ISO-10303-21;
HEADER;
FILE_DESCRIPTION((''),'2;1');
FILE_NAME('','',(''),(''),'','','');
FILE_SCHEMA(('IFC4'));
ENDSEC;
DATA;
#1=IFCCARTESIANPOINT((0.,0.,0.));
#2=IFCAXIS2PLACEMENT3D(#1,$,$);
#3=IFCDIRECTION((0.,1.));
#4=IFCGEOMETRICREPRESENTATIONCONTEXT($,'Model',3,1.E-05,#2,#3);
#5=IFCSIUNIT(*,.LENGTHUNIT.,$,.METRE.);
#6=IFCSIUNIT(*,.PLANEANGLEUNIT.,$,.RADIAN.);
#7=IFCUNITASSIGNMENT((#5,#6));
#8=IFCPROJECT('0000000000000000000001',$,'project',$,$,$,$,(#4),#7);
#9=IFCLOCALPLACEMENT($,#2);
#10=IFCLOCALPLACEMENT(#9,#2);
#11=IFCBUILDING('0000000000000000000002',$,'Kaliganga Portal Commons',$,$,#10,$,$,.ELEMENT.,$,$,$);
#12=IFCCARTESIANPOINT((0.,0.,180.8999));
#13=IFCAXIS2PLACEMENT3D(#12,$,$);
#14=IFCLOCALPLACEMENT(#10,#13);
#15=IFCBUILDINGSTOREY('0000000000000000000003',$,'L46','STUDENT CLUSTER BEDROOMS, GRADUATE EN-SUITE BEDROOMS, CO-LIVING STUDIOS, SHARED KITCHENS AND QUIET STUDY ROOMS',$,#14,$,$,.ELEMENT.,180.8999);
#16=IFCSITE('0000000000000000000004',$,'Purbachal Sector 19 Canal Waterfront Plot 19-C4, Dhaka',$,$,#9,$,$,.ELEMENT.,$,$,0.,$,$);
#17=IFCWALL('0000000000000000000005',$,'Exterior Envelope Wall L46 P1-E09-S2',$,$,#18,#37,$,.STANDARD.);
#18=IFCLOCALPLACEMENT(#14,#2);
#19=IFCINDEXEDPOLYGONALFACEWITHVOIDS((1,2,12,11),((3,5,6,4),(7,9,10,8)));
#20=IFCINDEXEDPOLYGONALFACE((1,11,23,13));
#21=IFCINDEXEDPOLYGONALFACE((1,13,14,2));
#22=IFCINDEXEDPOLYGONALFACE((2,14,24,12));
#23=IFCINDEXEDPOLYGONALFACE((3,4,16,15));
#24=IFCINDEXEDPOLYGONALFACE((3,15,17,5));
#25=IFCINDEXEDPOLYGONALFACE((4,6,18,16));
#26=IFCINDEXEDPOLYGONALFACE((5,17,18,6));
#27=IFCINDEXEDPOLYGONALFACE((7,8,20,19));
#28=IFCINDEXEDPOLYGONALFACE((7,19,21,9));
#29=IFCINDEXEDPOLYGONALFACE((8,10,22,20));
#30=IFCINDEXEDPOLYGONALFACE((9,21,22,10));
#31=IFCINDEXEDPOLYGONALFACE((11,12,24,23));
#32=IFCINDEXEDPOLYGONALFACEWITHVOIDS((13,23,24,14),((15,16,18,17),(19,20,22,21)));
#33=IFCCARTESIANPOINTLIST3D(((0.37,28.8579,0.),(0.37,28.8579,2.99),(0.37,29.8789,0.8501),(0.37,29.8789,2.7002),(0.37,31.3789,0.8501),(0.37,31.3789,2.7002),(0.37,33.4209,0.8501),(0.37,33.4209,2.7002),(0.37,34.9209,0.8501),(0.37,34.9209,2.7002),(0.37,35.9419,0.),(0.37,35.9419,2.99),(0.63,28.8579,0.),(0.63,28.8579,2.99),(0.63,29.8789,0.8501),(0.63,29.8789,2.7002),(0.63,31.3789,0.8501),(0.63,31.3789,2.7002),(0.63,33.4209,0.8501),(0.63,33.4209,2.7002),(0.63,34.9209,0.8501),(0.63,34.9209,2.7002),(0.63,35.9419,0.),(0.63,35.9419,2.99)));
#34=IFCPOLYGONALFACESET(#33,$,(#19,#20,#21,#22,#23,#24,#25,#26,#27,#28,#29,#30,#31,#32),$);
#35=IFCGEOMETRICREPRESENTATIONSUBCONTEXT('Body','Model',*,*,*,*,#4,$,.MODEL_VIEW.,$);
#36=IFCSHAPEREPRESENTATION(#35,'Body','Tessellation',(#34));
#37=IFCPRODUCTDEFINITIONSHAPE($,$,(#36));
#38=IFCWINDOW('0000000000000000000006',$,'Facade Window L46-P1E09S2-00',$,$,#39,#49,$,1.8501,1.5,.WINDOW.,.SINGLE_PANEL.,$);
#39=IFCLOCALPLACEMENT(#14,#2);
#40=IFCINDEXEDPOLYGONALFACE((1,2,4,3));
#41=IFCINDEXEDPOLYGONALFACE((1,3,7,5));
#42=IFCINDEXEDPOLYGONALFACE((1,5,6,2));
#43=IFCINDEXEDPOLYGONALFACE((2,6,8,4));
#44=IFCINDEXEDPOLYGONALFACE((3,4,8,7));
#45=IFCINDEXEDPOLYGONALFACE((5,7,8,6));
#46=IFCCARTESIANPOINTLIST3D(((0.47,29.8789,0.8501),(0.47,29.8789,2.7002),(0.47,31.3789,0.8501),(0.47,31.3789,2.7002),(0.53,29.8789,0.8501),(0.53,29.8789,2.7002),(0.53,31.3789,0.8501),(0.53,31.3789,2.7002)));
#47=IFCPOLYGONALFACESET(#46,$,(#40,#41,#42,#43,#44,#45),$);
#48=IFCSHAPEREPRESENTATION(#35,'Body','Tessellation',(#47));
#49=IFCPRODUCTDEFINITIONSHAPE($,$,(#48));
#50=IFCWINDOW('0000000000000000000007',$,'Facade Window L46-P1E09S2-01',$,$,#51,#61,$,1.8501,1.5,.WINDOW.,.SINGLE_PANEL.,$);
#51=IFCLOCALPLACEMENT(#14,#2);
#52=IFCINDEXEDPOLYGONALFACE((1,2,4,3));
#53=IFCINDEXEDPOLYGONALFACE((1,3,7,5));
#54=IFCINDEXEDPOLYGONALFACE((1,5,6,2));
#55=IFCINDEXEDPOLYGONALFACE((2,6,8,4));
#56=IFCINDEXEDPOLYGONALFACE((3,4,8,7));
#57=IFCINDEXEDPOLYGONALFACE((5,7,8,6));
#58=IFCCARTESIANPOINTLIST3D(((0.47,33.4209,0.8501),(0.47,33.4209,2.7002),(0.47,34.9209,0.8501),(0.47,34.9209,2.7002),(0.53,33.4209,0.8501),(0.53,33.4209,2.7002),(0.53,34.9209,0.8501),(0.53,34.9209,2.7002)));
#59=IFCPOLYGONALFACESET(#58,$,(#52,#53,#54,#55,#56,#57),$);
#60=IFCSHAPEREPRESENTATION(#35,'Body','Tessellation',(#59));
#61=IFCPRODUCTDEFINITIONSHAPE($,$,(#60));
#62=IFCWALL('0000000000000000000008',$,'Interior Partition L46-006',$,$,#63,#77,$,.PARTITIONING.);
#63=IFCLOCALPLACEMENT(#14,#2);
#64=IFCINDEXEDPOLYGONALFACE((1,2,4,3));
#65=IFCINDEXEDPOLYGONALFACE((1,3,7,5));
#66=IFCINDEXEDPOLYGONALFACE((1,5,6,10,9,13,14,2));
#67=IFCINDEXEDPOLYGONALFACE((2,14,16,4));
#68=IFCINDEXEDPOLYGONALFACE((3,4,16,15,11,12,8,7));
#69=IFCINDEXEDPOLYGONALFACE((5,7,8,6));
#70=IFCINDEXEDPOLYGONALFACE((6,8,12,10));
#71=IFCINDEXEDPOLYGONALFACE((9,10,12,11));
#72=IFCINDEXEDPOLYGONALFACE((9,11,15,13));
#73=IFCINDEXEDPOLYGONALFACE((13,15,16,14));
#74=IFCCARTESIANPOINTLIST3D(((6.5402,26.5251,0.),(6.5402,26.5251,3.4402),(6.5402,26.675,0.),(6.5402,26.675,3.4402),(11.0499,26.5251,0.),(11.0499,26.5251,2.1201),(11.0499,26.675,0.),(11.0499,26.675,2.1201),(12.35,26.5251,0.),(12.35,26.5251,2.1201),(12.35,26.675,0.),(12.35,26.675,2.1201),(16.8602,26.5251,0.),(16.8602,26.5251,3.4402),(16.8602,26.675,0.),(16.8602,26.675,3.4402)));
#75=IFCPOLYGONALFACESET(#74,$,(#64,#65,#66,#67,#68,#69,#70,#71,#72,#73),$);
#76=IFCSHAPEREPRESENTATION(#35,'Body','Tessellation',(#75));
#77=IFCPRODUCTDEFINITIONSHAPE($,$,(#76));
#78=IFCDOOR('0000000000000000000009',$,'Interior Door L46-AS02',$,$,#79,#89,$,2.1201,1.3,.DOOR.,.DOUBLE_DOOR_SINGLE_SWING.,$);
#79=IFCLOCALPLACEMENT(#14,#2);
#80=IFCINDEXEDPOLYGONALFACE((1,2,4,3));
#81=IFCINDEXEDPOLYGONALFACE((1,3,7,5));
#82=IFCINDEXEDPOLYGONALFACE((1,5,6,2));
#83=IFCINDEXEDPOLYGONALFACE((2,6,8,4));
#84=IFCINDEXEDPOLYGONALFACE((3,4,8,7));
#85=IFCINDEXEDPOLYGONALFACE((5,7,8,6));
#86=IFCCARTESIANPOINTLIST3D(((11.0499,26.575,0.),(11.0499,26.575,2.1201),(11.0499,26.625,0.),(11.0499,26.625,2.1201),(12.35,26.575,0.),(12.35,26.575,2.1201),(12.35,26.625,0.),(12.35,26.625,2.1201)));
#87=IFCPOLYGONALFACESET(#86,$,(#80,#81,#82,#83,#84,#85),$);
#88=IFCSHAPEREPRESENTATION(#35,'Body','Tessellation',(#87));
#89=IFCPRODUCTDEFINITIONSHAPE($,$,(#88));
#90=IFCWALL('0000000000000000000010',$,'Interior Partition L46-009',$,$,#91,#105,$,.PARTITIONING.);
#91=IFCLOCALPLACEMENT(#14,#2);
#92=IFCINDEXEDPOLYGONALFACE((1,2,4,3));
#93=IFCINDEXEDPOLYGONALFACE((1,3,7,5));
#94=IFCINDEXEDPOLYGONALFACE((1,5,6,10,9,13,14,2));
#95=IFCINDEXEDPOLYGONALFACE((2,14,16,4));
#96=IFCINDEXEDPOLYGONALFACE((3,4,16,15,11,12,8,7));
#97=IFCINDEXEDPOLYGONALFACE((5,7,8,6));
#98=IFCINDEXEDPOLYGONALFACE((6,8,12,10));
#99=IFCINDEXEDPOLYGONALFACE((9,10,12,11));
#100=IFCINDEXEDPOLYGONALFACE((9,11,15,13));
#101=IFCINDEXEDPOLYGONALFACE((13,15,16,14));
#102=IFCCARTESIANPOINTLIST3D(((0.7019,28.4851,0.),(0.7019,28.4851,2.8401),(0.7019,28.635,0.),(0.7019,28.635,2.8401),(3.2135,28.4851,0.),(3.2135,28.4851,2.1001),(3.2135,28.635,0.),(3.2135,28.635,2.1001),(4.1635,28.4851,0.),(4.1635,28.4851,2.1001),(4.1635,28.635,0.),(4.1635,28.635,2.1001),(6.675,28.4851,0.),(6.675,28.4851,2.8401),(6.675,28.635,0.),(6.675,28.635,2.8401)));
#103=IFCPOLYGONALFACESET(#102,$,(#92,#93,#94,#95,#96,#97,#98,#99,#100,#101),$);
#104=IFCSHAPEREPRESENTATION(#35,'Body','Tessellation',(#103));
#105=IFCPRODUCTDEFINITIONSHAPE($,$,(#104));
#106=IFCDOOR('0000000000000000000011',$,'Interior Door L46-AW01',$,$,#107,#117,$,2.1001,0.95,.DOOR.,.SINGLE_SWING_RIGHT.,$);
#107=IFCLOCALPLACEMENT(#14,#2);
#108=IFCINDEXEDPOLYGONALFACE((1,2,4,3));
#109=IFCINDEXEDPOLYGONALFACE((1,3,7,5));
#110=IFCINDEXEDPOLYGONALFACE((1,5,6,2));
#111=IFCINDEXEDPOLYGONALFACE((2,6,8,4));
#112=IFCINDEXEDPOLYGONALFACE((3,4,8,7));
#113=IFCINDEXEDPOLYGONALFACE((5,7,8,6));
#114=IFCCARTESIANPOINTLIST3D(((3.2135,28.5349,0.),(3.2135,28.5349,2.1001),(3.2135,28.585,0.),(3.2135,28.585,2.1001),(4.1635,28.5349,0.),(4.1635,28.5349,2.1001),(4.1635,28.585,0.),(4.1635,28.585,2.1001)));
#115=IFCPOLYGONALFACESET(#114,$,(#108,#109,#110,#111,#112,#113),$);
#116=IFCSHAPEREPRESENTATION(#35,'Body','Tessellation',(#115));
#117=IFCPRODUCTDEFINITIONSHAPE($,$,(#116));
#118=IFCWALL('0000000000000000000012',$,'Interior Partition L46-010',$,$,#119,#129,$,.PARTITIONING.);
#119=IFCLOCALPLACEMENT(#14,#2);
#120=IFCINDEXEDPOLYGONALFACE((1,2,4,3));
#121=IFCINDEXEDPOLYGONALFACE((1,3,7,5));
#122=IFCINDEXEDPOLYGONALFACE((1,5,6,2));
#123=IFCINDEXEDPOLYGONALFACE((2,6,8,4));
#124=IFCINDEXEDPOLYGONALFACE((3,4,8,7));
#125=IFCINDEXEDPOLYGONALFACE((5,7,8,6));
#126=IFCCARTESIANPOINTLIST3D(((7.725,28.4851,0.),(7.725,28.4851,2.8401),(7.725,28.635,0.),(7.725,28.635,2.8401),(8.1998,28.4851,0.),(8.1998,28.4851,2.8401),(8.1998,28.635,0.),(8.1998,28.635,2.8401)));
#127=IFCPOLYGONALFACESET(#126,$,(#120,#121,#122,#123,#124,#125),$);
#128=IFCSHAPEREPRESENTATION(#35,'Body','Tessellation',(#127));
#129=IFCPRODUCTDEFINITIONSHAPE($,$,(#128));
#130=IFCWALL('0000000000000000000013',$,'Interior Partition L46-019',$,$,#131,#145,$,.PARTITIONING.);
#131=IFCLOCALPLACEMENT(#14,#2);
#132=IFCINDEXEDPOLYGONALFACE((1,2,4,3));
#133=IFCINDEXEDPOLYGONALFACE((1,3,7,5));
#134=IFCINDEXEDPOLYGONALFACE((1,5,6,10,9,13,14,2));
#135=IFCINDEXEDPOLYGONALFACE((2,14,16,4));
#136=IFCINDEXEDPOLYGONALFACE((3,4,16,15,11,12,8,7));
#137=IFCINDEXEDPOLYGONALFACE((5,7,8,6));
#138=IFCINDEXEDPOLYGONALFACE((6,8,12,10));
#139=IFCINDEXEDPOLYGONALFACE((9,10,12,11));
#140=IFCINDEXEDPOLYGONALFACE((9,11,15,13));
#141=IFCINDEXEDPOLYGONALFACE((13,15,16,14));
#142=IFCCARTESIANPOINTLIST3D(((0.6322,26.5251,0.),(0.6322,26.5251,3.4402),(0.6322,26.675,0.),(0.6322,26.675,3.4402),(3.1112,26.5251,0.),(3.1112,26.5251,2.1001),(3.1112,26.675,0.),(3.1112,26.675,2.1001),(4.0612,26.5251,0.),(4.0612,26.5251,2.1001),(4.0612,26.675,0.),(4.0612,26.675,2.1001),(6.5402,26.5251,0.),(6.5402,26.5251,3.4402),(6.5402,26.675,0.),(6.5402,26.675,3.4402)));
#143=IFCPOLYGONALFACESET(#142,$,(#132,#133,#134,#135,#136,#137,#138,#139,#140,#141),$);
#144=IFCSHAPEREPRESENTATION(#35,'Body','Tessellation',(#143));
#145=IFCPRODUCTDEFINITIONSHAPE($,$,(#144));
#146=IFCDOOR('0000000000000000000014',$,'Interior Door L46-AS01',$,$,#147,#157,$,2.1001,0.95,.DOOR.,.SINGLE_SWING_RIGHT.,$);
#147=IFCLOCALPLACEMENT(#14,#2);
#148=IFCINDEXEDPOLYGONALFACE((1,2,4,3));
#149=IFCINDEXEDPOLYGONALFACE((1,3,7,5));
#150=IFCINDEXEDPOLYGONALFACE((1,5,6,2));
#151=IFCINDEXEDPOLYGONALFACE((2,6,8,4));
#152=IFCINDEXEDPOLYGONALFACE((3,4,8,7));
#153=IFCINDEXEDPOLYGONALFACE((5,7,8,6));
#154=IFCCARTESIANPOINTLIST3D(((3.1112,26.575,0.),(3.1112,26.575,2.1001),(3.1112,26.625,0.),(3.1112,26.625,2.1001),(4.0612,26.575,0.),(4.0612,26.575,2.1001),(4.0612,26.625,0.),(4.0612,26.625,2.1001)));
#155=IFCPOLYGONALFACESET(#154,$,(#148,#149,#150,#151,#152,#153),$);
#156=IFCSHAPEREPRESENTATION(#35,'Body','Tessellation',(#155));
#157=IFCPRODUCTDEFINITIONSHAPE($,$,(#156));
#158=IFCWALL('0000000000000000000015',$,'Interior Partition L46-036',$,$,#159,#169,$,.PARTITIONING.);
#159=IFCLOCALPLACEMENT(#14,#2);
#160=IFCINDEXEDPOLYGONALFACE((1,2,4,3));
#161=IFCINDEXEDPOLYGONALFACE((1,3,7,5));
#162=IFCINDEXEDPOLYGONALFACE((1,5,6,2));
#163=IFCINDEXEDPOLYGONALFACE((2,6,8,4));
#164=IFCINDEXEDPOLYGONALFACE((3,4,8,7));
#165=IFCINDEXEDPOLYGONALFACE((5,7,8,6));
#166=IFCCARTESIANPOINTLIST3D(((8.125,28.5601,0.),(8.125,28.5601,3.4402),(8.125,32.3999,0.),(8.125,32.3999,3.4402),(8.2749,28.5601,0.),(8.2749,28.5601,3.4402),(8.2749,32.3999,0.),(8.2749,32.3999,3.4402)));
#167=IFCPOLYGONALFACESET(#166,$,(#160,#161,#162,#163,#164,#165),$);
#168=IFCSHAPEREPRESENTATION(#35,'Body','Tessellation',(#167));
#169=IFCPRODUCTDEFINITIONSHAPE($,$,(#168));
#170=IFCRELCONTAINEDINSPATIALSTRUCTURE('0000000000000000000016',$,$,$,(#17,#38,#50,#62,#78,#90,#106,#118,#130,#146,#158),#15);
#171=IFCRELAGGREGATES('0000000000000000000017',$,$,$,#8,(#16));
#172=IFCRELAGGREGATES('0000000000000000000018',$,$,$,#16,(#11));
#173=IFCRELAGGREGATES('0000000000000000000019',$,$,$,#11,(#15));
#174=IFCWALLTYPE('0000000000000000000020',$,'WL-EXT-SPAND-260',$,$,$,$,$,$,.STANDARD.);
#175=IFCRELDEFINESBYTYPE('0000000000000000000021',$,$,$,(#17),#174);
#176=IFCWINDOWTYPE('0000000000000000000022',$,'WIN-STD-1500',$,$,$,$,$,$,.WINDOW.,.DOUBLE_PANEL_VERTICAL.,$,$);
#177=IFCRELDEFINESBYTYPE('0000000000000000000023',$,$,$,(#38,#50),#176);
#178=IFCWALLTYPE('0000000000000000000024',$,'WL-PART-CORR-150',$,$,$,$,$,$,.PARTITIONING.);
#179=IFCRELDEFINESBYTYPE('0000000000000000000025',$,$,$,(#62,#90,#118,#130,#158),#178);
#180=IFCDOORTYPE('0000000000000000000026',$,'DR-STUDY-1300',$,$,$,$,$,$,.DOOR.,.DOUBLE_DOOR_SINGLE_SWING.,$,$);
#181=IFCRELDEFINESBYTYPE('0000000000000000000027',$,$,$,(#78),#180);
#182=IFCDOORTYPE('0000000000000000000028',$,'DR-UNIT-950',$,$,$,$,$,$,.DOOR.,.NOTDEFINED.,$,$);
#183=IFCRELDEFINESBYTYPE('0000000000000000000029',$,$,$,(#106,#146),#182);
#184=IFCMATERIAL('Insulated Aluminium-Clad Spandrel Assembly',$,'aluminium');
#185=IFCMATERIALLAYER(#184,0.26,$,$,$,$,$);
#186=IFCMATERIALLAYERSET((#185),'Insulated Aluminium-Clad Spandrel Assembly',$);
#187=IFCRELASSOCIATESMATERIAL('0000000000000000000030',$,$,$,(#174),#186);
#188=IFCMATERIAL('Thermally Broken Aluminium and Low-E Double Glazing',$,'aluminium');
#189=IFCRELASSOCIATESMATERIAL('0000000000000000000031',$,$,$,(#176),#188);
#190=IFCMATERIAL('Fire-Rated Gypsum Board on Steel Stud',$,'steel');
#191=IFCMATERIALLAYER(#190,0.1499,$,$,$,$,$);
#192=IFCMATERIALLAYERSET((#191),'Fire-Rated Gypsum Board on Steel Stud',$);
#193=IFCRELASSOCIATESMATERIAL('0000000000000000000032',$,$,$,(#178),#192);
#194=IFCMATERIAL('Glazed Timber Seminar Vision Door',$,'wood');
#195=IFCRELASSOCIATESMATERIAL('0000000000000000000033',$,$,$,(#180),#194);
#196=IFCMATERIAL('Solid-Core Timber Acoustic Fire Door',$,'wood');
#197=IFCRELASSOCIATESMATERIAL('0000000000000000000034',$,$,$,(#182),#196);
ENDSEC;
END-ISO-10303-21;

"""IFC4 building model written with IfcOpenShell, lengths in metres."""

from ifc_helpers import new_model, si_unit, direction, frame, frame_2d, origin, place, context, subcontext, project, spatial, rectangle, extrude, material, layer, layer_set, type_object, element, fill, save


model = new_model("IFC4")

# Units and contexts
model_context = context("Model", 3, precision=1e-05, world=origin(), true_north=direction((0.0, 1.0)))
body_context = subcontext(model_context, "Body", "Model", "MODEL_VIEW")
ifc_project = project(units=[si_unit("LENGTHUNIT", "METRE"), si_unit("PLANEANGLEUNIT", "RADIAN")], contexts=[model_context])

# Site, building, storey
site_placement = place(None, origin())
site = spatial("IfcSite", under=ifc_project, at=site_placement, Name="Purbachal Sector 19 Canal Waterfront Plot 19-C4, Dhaka", CompositionType="ELEMENT", RefElevation=0.0)
building_placement = place(site_placement, origin())
building = spatial("IfcBuilding", under=site, at=building_placement, Name="Kaliganga Portal Commons", CompositionType="ELEMENT")
storey_placement = place(building_placement, frame((0.0, 0.0, 180.8999)))
storey = spatial("IfcBuildingStorey", under=building, at=storey_placement, Name="L46", Description="STUDENT CLUSTER BEDROOMS, GRADUATE EN-SUITE BEDROOMS, CO-LIVING STUDIOS, SHARED KITCHENS AND QUIET STUDY ROOMS", CompositionType="ELEMENT", Elevation=180.8999)

# Wall, openings, windows
ifc_material_1 = material(Name="Insulated Aluminium-Clad Spandrel Assembly", Category="aluminium")
ifc_layer_1 = layer(ifc_material_1, 0.26)
ifc_layer_set_1 = layer_set([ifc_layer_1], Name="Insulated Aluminium-Clad Spandrel Assembly")
wall_type_1 = type_object("IfcWallType", Name="WL-EXT-SPAND-260", PredefinedType="STANDARD", material=ifc_layer_set_1)
wall_1_placement = place(storey_placement, frame((0.5, 28.8579, 0.0), z_axis=(0.0, 0.0, 1.0), x_axis=(0.0, 1.0, 0.0)))
wall_1 = element("IfcWall", 1, at=wall_1_placement, inside=storey, type_object=wall_type_1, Name="Exterior Envelope Wall L46 P1-E09-S2", PredefinedType="STANDARD", context=body_context, shape_type="SweptSolid", body=[
    extrude(rectangle(XDim=7.084, YDim=0.26, at=frame_2d((3.542, 0.0))), origin(), (0.0, 0.0, 1.0), 2.99),
])
opening_1_placement = place(wall_1_placement, frame((1.021, 0.0, 0.8501)))
opening_1 = element("IfcOpeningElement", 2, at=opening_1_placement, cuts=wall_1, PredefinedType="OPENING", context=body_context, shape_type="SweptSolid", body=[
    extrude(rectangle(XDim=1.5, YDim=1.8501, at=frame_2d((0.75, 0.925))), frame((0.0, 0.1401, 0.0), z_axis=(0.0, -1.0, 0.0), x_axis=(1.0, 0.0, 0.0)), (0.0, 0.0, 1.0), 0.28),
])
opening_2_placement = place(wall_1_placement, frame((4.563, 0.0, 0.8501)))
opening_2 = element("IfcOpeningElement", 3, at=opening_2_placement, cuts=wall_1, PredefinedType="OPENING", context=body_context, shape_type="SweptSolid", body=[
    extrude(rectangle(XDim=1.5, YDim=1.8501, at=frame_2d((0.75, 0.925))), frame((0.0, 0.1401, 0.0), z_axis=(0.0, -1.0, 0.0), x_axis=(1.0, 0.0, 0.0)), (0.0, 0.0, 1.0), 0.28),
])
ifc_material_2 = material(Name="Thermally Broken Aluminium and Low-E Double Glazing", Category="aluminium")
window_type = type_object("IfcWindowType", Name="WIN-STD-1500", PartitioningType="DOUBLE_PANEL_VERTICAL", PredefinedType="WINDOW", material=ifc_material_2)
window_1_placement = place(opening_1_placement, origin())
window_1 = element("IfcWindow", 4, at=window_1_placement, inside=storey, type_object=window_type, Name="Facade Window L46-P1E09S2-00", OverallHeight=1.8501, OverallWidth=1.5, PartitioningType="SINGLE_PANEL", PredefinedType="WINDOW", context=body_context, shape_type="SweptSolid", body=[
    extrude(rectangle(XDim=1.5, YDim=1.8501, at=frame_2d((0.75, 0.925))), frame((0.0, 0.03, 0.0), z_axis=(0.0, -1.0, 0.0), x_axis=(1.0, 0.0, 0.0)), (0.0, 0.0, 1.0), 0.0601),
])
fill(opening_1, window_1)
window_2_placement = place(opening_2_placement, origin())
window_2 = element("IfcWindow", 5, at=window_2_placement, inside=storey, type_object=window_type, Name="Facade Window L46-P1E09S2-01", OverallHeight=1.8501, OverallWidth=1.5, PartitioningType="SINGLE_PANEL", PredefinedType="WINDOW", context=body_context, shape_type="SweptSolid", body=[
    extrude(rectangle(XDim=1.5, YDim=1.8501, at=frame_2d((0.75, 0.925))), frame((0.0, 0.03, 0.0), z_axis=(0.0, -1.0, 0.0), x_axis=(1.0, 0.0, 0.0)), (0.0, 0.0, 1.0), 0.0601),
])
fill(opening_2, window_2)

# Walls, openings, doors
ifc_material_3 = material(Name="Fire-Rated Gypsum Board on Steel Stud", Category="steel")
ifc_layer_2 = layer(ifc_material_3, 0.1499)
ifc_layer_set_2 = layer_set([ifc_layer_2], Name="Fire-Rated Gypsum Board on Steel Stud")
wall_type_2 = type_object("IfcWallType", Name="WL-PART-CORR-150", PredefinedType="PARTITIONING", material=ifc_layer_set_2)
wall_2_placement = place(storey_placement, frame((6.54, 26.6001, 0.0), z_axis=(0.0, 0.0, 1.0), x_axis=(1.0, 0.0, 0.0)))
wall_2 = element("IfcWall", 6, at=wall_2_placement, inside=storey, type_object=wall_type_2, Name="Interior Partition L46-006", PredefinedType="PARTITIONING", context=body_context, shape_type="SweptSolid", body=[
    extrude(rectangle(XDim=10.3201, YDim=0.1499, at=frame_2d((5.1602, 0.0))), origin(), (0.0, 0.0, 1.0), 3.4402),
])
opening_3_placement = place(wall_2_placement, frame((4.51, 0.0, 0.0)))
opening_3 = element("IfcOpeningElement", 7, at=opening_3_placement, cuts=wall_2, PredefinedType="OPENING", context=body_context, shape_type="SweptSolid", body=[
    extrude(rectangle(XDim=1.3, YDim=2.1201, at=frame_2d((0.6499, 1.0601))), frame((0.0, 0.085, 0.0), z_axis=(0.0, -1.0, 0.0), x_axis=(1.0, 0.0, 0.0)), (0.0, 0.0, 1.0), 0.1699),
])
ifc_material_4 = material(Name="Glazed Timber Seminar Vision Door", Category="wood")
door_type_1 = type_object("IfcDoorType", Name="DR-STUDY-1300", OperationType="DOUBLE_DOOR_SINGLE_SWING", PredefinedType="DOOR", material=ifc_material_4)
door_1_placement = place(opening_3_placement, origin())
door_1 = element("IfcDoor", 8, at=door_1_placement, inside=storey, type_object=door_type_1, Name="Interior Door L46-AS02", OperationType="DOUBLE_DOOR_SINGLE_SWING", OverallHeight=2.1201, OverallWidth=1.3, PredefinedType="DOOR", context=body_context, shape_type="SweptSolid", body=[
    extrude(rectangle(XDim=1.3, YDim=2.1201, at=frame_2d((0.6499, 1.0601))), frame((0.0, 0.0249, 0.0), z_axis=(0.0, -1.0, 0.0), x_axis=(1.0, 0.0, 0.0)), (0.0, 0.0, 1.0), 0.05),
])
fill(opening_3, door_1)
wall_3_placement = place(storey_placement, frame((0.7019, 28.5601, 0.0), z_axis=(0.0, 0.0, 1.0), x_axis=(1.0, 0.0, 0.0)))
wall_3 = element("IfcWall", 9, at=wall_3_placement, inside=storey, type_object=wall_type_2, Name="Interior Partition L46-009", PredefinedType="PARTITIONING", context=body_context, shape_type="SweptSolid", body=[
    extrude(rectangle(XDim=5.9731, YDim=0.1499, at=frame_2d((2.9866, 0.0))), origin(), (0.0, 0.0, 1.0), 2.8401),
])
opening_4_placement = place(wall_3_placement, frame((2.5115, 0.0, 0.0)))
opening_4 = element("IfcOpeningElement", 10, at=opening_4_placement, cuts=wall_3, PredefinedType="OPENING", context=body_context, shape_type="SweptSolid", body=[
    extrude(rectangle(XDim=0.95, YDim=2.1001, at=frame_2d((0.4751, 1.05))), frame((0.0, 0.085, 0.0), z_axis=(0.0, -1.0, 0.0), x_axis=(1.0, 0.0, 0.0)), (0.0, 0.0, 1.0), 0.1699),
])
ifc_material_5 = material(Name="Solid-Core Timber Acoustic Fire Door", Category="wood")
door_type_2 = type_object("IfcDoorType", Name="DR-UNIT-950", OperationType="NOTDEFINED", PredefinedType="DOOR", material=ifc_material_5)
door_2_placement = place(opening_4_placement, origin())
door_2 = element("IfcDoor", 11, at=door_2_placement, inside=storey, type_object=door_type_2, Name="Interior Door L46-AW01", OperationType="SINGLE_SWING_RIGHT", OverallHeight=2.1001, OverallWidth=0.95, PredefinedType="DOOR", context=body_context, shape_type="SweptSolid", body=[
    extrude(rectangle(XDim=0.95, YDim=2.1001, at=frame_2d((0.4751, 1.05))), frame((0.0, 0.0249, 0.0), z_axis=(0.0, -1.0, 0.0), x_axis=(1.0, 0.0, 0.0)), (0.0, 0.0, 1.0), 0.05),
])
fill(opening_4, door_2)

# Wall
wall_4_placement = place(storey_placement, frame((7.7251, 28.5601, 0.0), z_axis=(0.0, 0.0, 1.0), x_axis=(1.0, 0.0, 0.0)))
element("IfcWall", 12, at=wall_4_placement, inside=storey, type_object=wall_type_2, Name="Interior Partition L46-010", PredefinedType="PARTITIONING", context=body_context, shape_type="SweptSolid", body=[
    extrude(rectangle(XDim=0.4749, YDim=0.1499, at=frame_2d((0.2373, 0.0))), origin(), (0.0, 0.0, 1.0), 2.8401),
])

# Wall, opening, door
wall_5_placement = place(storey_placement, frame((0.6321, 26.6001, 0.0), z_axis=(0.0, 0.0, 1.0), x_axis=(1.0, 0.0, 0.0)))
wall_5 = element("IfcWall", 13, at=wall_5_placement, inside=storey, type_object=wall_type_2, Name="Interior Partition L46-019", PredefinedType="PARTITIONING", context=body_context, shape_type="SweptSolid", body=[
    extrude(rectangle(XDim=5.908, YDim=0.1499, at=frame_2d((2.9541, 0.0))), origin(), (0.0, 0.0, 1.0), 3.4402),
])
opening_5_placement = place(wall_5_placement, frame((2.479, 0.0, 0.0)))
opening_5 = element("IfcOpeningElement", 14, at=opening_5_placement, cuts=wall_5, PredefinedType="OPENING", context=body_context, shape_type="SweptSolid", body=[
    extrude(rectangle(XDim=0.95, YDim=2.1001, at=frame_2d((0.4751, 1.05))), frame((0.0, 0.085, 0.0), z_axis=(0.0, -1.0, 0.0), x_axis=(1.0, 0.0, 0.0)), (0.0, 0.0, 1.0), 0.1699),
])
door_3_placement = place(opening_5_placement, origin())
door_3 = element("IfcDoor", 15, at=door_3_placement, inside=storey, type_object=door_type_2, Name="Interior Door L46-AS01", OperationType="SINGLE_SWING_RIGHT", OverallHeight=2.1001, OverallWidth=0.95, PredefinedType="DOOR", context=body_context, shape_type="SweptSolid", body=[
    extrude(rectangle(XDim=0.95, YDim=2.1001, at=frame_2d((0.4751, 1.05))), frame((0.0, 0.0249, 0.0), z_axis=(0.0, -1.0, 0.0), x_axis=(1.0, 0.0, 0.0)), (0.0, 0.0, 1.0), 0.05),
])
fill(opening_5, door_3)

# Wall
wall_6_placement = place(storey_placement, frame((8.2, 28.5601, 0.0), z_axis=(0.0, 0.0, 1.0), x_axis=(0.0, 1.0, 0.0)))
element("IfcWall", 16, at=wall_6_placement, inside=storey, type_object=wall_type_2, Name="Interior Partition L46-036", PredefinedType="PARTITIONING", context=body_context, shape_type="SweptSolid", body=[
    extrude(rectangle(XDim=3.8398, YDim=0.1499, at=frame_2d((1.9199, 0.0))), origin(), (0.0, 0.0, 1.0), 3.4402),
])

save(model, "model.ifc")
